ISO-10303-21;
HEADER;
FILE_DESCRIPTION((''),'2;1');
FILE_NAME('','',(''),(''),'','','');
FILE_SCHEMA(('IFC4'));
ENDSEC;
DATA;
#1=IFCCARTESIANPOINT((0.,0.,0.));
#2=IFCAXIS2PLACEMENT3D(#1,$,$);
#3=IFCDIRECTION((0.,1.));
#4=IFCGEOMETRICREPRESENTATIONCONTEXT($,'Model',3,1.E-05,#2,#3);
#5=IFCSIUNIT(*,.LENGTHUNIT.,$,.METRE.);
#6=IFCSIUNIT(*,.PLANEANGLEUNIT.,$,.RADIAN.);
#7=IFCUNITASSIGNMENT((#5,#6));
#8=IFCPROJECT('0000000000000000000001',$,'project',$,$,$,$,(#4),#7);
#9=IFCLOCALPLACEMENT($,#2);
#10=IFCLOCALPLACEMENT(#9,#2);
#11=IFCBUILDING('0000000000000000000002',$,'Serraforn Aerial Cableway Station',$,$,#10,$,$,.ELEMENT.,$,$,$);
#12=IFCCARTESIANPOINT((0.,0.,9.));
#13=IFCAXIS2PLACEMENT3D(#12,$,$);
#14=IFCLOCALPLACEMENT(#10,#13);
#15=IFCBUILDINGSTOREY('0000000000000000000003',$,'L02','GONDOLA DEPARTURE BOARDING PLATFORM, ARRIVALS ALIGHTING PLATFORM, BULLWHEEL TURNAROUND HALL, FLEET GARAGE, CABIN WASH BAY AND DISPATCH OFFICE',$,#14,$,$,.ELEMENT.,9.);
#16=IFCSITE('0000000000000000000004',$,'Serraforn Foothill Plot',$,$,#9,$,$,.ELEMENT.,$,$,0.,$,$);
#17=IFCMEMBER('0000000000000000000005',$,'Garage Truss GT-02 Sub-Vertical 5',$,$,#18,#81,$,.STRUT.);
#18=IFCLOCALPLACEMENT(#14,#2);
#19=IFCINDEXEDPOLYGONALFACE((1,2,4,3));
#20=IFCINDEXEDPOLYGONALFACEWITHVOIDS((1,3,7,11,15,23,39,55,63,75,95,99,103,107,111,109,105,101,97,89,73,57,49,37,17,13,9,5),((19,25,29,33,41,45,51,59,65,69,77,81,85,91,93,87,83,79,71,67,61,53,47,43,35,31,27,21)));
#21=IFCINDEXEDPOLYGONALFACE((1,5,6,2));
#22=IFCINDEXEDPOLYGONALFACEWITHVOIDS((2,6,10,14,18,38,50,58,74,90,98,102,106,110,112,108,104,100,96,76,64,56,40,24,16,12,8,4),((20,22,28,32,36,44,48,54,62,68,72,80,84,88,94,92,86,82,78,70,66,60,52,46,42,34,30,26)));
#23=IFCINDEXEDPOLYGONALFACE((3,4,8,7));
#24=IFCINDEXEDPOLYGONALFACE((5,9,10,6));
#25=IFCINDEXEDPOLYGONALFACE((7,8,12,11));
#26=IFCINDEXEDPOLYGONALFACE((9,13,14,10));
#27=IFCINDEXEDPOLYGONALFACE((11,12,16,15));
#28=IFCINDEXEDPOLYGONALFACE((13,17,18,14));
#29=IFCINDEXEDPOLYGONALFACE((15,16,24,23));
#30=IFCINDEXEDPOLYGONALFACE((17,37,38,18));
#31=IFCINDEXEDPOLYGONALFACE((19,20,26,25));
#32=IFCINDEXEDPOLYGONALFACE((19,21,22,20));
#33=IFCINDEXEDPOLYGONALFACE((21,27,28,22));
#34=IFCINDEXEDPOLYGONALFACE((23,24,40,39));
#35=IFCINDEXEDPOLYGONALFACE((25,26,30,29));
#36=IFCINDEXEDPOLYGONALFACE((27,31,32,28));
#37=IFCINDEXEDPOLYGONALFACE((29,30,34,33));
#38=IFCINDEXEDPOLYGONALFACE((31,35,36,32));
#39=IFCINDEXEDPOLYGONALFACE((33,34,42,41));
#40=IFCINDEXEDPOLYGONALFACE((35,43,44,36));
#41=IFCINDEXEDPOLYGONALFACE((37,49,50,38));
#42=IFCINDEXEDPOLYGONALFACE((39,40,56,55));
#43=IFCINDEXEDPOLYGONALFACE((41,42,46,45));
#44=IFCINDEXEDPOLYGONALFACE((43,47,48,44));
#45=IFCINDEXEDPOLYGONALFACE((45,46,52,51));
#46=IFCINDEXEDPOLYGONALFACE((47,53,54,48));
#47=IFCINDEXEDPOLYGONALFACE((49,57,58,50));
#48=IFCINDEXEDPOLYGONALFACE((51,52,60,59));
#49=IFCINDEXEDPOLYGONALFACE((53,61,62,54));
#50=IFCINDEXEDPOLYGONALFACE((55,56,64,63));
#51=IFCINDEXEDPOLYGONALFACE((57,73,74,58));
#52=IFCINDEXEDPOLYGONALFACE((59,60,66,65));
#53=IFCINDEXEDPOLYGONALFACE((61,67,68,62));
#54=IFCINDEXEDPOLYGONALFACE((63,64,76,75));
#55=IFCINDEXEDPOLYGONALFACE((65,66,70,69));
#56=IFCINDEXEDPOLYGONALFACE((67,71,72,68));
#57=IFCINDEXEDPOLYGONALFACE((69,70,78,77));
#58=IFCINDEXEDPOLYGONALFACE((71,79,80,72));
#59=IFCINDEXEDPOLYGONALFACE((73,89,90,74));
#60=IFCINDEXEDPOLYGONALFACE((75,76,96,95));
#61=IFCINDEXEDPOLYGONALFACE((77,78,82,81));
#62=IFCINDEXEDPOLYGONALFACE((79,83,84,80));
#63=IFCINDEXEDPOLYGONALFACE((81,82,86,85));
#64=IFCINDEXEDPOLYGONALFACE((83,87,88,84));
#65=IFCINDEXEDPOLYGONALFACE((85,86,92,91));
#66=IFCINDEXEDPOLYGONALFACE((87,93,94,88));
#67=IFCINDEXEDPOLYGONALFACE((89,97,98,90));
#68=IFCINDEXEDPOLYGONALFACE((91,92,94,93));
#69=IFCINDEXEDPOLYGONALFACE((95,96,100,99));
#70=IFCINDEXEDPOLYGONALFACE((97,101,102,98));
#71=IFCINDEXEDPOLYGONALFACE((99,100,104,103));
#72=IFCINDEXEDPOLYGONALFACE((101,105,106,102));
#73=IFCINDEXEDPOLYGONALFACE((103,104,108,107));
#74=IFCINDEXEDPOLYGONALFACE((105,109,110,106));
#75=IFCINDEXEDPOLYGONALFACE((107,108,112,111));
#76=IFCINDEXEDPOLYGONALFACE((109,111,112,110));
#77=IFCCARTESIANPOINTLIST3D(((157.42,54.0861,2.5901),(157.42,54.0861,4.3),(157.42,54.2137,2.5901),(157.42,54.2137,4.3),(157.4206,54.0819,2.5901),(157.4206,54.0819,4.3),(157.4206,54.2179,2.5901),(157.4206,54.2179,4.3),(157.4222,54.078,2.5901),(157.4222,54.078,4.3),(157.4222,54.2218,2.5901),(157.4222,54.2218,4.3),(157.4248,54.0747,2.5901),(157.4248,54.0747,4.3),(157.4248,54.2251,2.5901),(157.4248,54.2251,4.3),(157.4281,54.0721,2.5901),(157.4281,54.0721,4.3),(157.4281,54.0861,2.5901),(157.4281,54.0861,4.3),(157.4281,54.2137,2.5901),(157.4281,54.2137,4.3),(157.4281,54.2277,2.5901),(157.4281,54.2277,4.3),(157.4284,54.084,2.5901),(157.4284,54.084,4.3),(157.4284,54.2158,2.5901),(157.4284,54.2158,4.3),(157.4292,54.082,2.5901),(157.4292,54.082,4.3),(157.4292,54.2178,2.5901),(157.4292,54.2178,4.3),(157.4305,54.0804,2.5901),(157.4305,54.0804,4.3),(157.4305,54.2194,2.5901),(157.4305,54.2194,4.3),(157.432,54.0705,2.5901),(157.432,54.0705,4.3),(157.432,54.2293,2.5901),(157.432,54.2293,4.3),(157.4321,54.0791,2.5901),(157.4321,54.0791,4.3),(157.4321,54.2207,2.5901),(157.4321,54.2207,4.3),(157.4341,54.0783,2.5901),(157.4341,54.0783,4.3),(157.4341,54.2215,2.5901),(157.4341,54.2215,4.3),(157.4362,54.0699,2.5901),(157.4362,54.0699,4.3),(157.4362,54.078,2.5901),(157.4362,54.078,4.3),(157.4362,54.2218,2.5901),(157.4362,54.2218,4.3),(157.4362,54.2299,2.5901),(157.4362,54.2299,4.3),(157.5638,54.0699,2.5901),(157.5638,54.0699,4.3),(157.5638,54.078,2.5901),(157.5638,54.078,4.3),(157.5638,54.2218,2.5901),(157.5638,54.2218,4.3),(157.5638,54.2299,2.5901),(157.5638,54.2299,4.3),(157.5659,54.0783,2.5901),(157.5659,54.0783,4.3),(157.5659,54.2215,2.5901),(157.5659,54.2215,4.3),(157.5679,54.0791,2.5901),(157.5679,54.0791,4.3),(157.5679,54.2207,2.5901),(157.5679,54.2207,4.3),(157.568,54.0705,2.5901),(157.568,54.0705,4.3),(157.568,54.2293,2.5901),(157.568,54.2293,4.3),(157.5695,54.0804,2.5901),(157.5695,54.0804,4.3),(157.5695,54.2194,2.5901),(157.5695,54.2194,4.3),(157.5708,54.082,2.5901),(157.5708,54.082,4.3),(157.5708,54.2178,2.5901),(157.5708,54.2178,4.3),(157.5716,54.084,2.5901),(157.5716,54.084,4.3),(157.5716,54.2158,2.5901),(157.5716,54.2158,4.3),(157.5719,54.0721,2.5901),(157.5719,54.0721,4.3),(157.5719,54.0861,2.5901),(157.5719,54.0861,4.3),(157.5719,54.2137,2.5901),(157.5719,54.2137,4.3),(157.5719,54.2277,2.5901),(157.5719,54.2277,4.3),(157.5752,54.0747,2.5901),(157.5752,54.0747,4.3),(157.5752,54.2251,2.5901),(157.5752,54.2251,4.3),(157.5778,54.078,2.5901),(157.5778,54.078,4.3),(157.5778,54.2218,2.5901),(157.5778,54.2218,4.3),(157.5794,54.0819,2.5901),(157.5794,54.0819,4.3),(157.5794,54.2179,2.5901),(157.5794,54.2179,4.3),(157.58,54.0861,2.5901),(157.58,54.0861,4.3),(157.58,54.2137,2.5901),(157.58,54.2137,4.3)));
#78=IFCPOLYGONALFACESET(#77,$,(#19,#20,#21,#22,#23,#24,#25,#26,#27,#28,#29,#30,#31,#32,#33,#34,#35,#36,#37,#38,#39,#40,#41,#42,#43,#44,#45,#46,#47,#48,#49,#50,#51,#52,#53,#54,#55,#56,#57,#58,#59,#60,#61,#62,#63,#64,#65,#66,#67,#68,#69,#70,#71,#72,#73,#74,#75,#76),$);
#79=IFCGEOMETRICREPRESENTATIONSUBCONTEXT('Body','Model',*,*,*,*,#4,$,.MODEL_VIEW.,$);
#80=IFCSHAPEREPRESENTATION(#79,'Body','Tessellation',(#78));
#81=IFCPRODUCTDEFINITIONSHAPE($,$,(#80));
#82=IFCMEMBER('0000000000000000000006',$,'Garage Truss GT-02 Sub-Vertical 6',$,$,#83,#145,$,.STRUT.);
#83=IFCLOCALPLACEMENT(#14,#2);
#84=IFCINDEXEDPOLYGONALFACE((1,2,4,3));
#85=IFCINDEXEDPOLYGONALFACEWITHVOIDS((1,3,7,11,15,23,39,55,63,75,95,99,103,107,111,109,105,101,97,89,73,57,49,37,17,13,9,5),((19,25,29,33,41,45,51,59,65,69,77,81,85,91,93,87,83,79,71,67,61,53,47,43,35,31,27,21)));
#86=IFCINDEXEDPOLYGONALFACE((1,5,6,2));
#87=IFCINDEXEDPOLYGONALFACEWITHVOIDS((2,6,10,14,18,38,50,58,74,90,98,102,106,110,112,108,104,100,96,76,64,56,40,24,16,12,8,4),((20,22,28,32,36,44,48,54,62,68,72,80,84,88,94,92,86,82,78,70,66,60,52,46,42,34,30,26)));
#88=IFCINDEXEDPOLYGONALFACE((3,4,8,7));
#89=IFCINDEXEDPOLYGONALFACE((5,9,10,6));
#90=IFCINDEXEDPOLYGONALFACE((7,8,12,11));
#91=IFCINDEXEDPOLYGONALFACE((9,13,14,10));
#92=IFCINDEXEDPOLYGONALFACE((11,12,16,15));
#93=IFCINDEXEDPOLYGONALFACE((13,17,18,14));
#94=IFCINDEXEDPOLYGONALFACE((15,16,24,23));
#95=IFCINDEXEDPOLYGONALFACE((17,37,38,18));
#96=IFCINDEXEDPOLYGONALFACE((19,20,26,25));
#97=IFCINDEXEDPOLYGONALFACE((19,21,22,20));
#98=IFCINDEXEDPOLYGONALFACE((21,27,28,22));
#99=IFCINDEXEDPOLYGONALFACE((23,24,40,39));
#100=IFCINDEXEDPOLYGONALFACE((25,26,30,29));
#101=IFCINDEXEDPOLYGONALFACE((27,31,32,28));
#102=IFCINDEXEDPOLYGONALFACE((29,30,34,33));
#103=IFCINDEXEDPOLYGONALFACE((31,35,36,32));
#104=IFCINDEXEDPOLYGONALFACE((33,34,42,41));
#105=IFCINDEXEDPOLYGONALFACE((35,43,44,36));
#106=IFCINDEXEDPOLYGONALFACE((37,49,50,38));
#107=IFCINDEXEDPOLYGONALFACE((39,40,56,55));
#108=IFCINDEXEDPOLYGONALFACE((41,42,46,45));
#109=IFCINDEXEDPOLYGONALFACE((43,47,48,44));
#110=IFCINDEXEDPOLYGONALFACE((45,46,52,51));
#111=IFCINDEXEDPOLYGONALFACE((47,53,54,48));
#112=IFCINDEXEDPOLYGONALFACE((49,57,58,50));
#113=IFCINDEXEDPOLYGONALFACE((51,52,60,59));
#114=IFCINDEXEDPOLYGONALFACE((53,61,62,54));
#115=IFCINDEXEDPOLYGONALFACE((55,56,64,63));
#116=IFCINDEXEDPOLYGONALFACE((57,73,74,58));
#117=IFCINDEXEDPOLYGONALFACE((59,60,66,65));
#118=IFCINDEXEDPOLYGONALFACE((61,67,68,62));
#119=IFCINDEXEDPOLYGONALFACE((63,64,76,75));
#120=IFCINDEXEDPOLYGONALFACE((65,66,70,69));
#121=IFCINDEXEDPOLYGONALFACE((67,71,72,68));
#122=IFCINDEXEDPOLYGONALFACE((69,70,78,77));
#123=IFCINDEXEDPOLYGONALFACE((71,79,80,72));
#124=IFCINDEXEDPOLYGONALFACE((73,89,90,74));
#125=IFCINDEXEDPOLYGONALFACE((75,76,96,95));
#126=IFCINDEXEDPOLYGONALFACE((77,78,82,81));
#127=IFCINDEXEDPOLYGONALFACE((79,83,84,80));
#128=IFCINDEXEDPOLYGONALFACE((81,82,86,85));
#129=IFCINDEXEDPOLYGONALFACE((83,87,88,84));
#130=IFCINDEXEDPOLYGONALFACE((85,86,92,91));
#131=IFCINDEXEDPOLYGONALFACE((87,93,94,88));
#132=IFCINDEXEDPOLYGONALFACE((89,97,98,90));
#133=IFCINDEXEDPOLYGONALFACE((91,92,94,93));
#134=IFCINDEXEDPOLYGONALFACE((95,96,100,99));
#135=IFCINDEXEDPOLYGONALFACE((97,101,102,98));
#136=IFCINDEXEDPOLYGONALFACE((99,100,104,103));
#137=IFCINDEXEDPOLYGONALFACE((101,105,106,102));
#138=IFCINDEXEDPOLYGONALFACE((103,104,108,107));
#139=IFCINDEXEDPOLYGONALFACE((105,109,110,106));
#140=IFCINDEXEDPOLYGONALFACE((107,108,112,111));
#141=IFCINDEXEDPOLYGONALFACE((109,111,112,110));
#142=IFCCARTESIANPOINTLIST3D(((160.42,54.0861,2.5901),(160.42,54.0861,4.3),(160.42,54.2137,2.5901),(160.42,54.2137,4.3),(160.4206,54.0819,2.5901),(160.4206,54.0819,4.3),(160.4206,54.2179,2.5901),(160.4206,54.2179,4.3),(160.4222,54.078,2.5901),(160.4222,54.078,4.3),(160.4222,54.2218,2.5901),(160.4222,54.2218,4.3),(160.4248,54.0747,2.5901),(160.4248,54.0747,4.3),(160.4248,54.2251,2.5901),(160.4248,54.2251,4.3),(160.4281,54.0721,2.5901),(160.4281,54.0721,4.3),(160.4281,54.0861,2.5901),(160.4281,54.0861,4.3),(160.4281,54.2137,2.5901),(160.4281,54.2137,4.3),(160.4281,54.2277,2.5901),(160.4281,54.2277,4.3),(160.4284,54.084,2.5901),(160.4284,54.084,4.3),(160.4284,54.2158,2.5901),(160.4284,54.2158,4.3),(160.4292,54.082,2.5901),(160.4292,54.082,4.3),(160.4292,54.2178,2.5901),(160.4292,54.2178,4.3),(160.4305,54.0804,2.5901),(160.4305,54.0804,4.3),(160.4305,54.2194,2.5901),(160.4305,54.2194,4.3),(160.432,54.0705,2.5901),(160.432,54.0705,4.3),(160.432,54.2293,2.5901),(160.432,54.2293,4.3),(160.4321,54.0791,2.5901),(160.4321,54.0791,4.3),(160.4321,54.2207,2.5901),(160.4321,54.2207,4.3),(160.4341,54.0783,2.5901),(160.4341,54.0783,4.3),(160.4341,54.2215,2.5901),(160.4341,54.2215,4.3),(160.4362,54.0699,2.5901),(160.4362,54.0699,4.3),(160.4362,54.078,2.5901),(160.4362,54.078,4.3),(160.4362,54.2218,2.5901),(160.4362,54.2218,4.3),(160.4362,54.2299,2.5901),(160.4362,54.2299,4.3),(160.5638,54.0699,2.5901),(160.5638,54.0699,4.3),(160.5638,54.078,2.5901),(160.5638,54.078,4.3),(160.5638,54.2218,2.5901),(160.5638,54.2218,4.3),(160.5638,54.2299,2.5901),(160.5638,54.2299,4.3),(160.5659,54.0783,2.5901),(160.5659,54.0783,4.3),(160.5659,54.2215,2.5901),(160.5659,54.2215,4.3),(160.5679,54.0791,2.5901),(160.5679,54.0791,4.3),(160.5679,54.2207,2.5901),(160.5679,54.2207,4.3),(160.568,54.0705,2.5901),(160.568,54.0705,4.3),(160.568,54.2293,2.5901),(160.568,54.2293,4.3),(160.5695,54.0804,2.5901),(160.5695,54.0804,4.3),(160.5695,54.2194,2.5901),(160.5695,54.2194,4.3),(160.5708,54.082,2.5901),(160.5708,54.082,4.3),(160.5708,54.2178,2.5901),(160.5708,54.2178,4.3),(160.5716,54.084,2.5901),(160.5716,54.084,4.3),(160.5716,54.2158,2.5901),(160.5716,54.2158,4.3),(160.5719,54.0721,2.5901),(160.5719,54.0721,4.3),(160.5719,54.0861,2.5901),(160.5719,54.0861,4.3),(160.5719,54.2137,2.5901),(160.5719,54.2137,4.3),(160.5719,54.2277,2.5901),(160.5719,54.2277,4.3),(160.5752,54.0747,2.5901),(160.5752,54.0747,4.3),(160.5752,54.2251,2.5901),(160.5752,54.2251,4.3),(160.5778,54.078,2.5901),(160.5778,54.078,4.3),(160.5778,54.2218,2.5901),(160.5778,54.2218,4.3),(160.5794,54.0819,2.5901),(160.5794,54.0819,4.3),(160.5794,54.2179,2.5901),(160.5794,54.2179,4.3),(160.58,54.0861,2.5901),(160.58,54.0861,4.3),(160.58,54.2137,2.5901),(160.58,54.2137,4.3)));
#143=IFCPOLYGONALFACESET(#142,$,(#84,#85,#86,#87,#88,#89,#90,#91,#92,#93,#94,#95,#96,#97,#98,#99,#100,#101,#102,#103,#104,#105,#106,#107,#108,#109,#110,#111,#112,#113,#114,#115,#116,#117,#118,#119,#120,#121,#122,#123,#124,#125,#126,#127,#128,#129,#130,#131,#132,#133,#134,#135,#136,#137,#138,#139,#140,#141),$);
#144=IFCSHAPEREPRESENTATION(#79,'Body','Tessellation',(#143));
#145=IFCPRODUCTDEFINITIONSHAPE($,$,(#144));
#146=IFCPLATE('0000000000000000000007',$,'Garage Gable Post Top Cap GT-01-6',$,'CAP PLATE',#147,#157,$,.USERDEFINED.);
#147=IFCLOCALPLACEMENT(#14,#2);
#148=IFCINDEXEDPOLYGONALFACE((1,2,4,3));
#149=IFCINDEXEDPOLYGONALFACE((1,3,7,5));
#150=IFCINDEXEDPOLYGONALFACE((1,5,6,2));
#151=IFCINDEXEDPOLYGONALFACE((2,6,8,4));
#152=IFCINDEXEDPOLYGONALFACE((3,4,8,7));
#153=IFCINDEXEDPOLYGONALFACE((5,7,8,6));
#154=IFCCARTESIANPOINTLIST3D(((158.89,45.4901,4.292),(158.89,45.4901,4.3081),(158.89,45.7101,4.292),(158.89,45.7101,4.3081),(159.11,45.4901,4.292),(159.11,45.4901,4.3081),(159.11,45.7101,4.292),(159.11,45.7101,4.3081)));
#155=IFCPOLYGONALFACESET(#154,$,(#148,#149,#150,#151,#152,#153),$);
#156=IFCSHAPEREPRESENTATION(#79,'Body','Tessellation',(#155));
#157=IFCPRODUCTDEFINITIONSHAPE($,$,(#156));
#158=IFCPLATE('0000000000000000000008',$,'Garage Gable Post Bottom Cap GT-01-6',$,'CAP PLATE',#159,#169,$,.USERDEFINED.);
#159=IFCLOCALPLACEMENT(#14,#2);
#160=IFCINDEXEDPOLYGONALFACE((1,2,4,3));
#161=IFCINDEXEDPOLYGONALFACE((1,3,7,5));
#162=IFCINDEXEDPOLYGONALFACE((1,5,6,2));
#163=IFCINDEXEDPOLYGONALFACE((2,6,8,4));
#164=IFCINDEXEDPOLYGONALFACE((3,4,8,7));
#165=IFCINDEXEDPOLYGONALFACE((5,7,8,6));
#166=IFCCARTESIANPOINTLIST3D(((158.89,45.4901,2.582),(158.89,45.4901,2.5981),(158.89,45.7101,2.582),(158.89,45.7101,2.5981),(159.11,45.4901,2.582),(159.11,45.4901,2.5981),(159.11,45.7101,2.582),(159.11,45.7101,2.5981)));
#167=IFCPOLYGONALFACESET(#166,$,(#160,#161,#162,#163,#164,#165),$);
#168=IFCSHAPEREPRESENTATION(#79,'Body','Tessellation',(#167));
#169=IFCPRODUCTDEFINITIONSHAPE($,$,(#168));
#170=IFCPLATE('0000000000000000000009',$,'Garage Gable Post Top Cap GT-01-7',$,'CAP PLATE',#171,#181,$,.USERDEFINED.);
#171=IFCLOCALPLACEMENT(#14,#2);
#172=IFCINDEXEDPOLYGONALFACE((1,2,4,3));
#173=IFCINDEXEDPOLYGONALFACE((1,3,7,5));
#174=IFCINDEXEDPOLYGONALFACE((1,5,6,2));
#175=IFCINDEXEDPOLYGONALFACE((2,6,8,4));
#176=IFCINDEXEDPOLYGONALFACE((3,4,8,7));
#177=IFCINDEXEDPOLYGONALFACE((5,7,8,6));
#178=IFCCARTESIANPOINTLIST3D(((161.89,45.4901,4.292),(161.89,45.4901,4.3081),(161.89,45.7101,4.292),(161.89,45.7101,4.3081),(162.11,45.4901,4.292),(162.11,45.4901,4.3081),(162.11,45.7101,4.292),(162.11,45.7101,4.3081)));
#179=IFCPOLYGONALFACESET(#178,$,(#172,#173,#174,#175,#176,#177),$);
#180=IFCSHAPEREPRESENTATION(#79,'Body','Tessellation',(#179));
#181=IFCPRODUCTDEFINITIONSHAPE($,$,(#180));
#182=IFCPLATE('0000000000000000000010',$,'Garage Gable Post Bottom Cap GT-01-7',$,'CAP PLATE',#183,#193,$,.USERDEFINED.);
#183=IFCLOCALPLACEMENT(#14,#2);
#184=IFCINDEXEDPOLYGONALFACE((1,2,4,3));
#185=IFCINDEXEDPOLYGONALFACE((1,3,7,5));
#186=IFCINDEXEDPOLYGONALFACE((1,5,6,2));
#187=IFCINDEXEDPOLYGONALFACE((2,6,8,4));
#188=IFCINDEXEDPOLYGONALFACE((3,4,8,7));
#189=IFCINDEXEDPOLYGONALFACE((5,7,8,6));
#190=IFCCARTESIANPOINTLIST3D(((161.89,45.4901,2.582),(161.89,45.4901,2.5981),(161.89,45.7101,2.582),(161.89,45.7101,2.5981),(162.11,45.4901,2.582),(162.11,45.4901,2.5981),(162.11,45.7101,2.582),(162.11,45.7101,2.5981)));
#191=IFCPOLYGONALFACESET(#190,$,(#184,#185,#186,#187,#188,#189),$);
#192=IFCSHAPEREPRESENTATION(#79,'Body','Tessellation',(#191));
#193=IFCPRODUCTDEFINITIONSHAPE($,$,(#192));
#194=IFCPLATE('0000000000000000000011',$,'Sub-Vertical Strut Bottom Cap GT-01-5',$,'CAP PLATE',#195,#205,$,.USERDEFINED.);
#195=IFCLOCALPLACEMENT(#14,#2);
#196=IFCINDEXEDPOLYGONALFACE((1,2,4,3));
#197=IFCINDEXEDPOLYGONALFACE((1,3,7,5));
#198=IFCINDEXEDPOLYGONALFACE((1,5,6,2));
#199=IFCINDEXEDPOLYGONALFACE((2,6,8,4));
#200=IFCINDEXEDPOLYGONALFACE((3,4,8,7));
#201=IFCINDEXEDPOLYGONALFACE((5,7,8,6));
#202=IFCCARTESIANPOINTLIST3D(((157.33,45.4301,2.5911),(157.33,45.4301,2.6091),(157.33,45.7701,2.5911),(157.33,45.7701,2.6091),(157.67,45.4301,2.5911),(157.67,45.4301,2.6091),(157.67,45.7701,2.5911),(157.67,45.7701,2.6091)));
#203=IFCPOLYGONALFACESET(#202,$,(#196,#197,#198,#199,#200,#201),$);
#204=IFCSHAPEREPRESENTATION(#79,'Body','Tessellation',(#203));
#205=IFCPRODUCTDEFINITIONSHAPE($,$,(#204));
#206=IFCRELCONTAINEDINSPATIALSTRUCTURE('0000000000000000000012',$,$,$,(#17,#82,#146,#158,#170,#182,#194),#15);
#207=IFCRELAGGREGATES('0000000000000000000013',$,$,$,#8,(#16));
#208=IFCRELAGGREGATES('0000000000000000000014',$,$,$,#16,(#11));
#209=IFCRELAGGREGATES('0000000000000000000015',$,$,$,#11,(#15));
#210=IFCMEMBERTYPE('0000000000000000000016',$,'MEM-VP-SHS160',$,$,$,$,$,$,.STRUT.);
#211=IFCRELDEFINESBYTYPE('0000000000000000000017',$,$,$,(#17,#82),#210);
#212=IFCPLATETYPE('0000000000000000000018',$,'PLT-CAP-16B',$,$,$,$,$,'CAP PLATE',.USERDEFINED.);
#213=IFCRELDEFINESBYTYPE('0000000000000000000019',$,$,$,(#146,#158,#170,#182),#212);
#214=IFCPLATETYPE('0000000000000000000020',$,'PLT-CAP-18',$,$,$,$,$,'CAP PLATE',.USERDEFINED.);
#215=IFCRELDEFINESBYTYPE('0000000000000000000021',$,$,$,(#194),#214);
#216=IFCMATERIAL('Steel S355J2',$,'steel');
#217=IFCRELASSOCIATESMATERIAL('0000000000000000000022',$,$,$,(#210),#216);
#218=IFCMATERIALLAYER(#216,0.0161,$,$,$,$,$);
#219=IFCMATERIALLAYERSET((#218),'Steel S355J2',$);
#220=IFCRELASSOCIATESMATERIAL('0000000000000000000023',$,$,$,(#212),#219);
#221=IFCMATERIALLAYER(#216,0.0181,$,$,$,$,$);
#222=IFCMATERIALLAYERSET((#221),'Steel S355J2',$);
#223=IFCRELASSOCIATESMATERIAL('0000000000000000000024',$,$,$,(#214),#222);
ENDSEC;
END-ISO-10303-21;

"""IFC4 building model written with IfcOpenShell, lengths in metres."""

from ifc_helpers import new_model, si_unit, direction, frame, origin, origin_2d, place, context, subcontext, project, spatial, rectangle, hollow_rectangle, extrude, material, layer, layer_set, material_profile, profile_set, type_object, element, save


model = new_model("IFC4")

# Units and contexts
model_context = context("Model", 3, precision=1e-05, world=origin(), true_north=direction((0.0, 1.0)))
body_context = subcontext(model_context, "Body", "Model", "MODEL_VIEW")
ifc_project = project(units=[si_unit("LENGTHUNIT", "METRE"), si_unit("PLANEANGLEUNIT", "RADIAN")], contexts=[model_context])

# Site, building, storey
site_placement = place(None, origin())
site = spatial("IfcSite", under=ifc_project, at=site_placement, Name="Serraforn Foothill Plot", CompositionType="ELEMENT", RefElevation=0.0)
building_placement = place(site_placement, origin())
building = spatial("IfcBuilding", under=site, at=building_placement, Name="Serraforn Aerial Cableway Station", CompositionType="ELEMENT")
storey_placement = place(building_placement, frame((0.0, 0.0, 9.0)))
storey = spatial("IfcBuildingStorey", under=building, at=storey_placement, Name="L02", Description="GONDOLA DEPARTURE BOARDING PLATFORM, ARRIVALS ALIGHTING PLATFORM, BULLWHEEL TURNAROUND HALL, FLEET GARAGE, CABIN WASH BAY AND DISPATCH OFFICE", CompositionType="ELEMENT", Elevation=9.0)

# Members
ifc_material_1 = material(Name="Steel S355J2", Category="steel")
ifc_material_profile_1 = material_profile(ifc_material_1, hollow_rectangle(XDim=0.1599, YDim=0.1599, WallThickness=0.0081, InnerFilletRadius=0.0081, OuterFilletRadius=0.0161, at=origin_2d()), Name="SHS 160x160x8.0")
ifc_profile_set_1 = profile_set([ifc_material_profile_1], Name="Steel S355J2")
member_type_1 = type_object("IfcMemberType", Name="MEM-VP-SHS160", PredefinedType="STRUT", material=ifc_profile_set_1)
for number, where, z_axis, x_axis, name in (
    (1, (157.5, 54.1499, 2.5901), (0.0, 0.0, 1.0), (1.0, 0.0, 0.0), "Garage Truss GT-02 Sub-Vertical 5"),
    (2, (160.5, 54.1499, 2.5901), (0.0, 0.0, 1.0), (1.0, 0.0, 0.0), "Garage Truss GT-02 Sub-Vertical 6"),
):
    element("IfcMember", number, at=place(storey_placement, frame(where, z_axis=z_axis, x_axis=x_axis)), inside=storey, type_object=member_type_1, Name=name, PredefinedType="STRUT", context=body_context, shape_type="SweptSolid", body=[
        extrude(hollow_rectangle(XDim=0.1599, YDim=0.1599, WallThickness=0.0081, InnerFilletRadius=0.0081, OuterFilletRadius=0.0161, at=origin_2d()), origin(), (0.0, 0.0, 1.0), 1.71),
    ])

# Plates
ifc_layer_1 = layer(ifc_material_1, 0.0161)
ifc_layer_set_1 = layer_set([ifc_layer_1], Name="Steel S355J2")
plate_type_1 = type_object("IfcPlateType", Name="PLT-CAP-16B", ElementType="CAP PLATE", PredefinedType="USERDEFINED", material=ifc_layer_set_1)
for number, where, z_axis, x_axis, name in (
    (3, (159.0, 45.6001, 4.292), (0.0, 0.0, 1.0), (1.0, 0.0, 0.0), "Garage Gable Post Top Cap GT-01-6"),
    (4, (159.0, 45.6001, 2.582), (0.0, 0.0, 1.0), (1.0, 0.0, 0.0), "Garage Gable Post Bottom Cap GT-01-6"),
    (5, (162.0, 45.6001, 4.292), (0.0, 0.0, 1.0), (1.0, 0.0, 0.0), "Garage Gable Post Top Cap GT-01-7"),
    (6, (162.0, 45.6001, 2.582), (0.0, 0.0, 1.0), (1.0, 0.0, 0.0), "Garage Gable Post Bottom Cap GT-01-7"),
):
    element("IfcPlate", number, at=place(storey_placement, frame(where, z_axis=z_axis, x_axis=x_axis)), inside=storey, type_object=plate_type_1, Name=name, ObjectType="CAP PLATE", PredefinedType="USERDEFINED", context=body_context, shape_type="SweptSolid", body=[
        extrude(rectangle(XDim=0.22, YDim=0.22, at=origin_2d()), origin(), (0.0, 0.0, 1.0), 0.0161),
    ])
ifc_layer_2 = layer(ifc_material_1, 0.0181)
ifc_layer_set_2 = layer_set([ifc_layer_2], Name="Steel S355J2")
plate_type_2 = type_object("IfcPlateType", Name="PLT-CAP-18", ElementType="CAP PLATE", PredefinedType="USERDEFINED", material=ifc_layer_set_2)
for number, where, z_axis, x_axis, name in (
    (7, (157.5, 45.6001, 2.5911), (0.0, 0.0, 1.0), (1.0, 0.0, 0.0), "Sub-Vertical Strut Bottom Cap GT-01-5"),
):
    element("IfcPlate", number, at=place(storey_placement, frame(where, z_axis=z_axis, x_axis=x_axis)), inside=storey, type_object=plate_type_2, Name=name, ObjectType="CAP PLATE", PredefinedType="USERDEFINED", context=body_context, shape_type="SweptSolid", body=[
        extrude(rectangle(XDim=0.3401, YDim=0.3401, at=origin_2d()), origin(), (0.0, 0.0, 1.0), 0.0181),
    ])

save(model, "model.ifc")
